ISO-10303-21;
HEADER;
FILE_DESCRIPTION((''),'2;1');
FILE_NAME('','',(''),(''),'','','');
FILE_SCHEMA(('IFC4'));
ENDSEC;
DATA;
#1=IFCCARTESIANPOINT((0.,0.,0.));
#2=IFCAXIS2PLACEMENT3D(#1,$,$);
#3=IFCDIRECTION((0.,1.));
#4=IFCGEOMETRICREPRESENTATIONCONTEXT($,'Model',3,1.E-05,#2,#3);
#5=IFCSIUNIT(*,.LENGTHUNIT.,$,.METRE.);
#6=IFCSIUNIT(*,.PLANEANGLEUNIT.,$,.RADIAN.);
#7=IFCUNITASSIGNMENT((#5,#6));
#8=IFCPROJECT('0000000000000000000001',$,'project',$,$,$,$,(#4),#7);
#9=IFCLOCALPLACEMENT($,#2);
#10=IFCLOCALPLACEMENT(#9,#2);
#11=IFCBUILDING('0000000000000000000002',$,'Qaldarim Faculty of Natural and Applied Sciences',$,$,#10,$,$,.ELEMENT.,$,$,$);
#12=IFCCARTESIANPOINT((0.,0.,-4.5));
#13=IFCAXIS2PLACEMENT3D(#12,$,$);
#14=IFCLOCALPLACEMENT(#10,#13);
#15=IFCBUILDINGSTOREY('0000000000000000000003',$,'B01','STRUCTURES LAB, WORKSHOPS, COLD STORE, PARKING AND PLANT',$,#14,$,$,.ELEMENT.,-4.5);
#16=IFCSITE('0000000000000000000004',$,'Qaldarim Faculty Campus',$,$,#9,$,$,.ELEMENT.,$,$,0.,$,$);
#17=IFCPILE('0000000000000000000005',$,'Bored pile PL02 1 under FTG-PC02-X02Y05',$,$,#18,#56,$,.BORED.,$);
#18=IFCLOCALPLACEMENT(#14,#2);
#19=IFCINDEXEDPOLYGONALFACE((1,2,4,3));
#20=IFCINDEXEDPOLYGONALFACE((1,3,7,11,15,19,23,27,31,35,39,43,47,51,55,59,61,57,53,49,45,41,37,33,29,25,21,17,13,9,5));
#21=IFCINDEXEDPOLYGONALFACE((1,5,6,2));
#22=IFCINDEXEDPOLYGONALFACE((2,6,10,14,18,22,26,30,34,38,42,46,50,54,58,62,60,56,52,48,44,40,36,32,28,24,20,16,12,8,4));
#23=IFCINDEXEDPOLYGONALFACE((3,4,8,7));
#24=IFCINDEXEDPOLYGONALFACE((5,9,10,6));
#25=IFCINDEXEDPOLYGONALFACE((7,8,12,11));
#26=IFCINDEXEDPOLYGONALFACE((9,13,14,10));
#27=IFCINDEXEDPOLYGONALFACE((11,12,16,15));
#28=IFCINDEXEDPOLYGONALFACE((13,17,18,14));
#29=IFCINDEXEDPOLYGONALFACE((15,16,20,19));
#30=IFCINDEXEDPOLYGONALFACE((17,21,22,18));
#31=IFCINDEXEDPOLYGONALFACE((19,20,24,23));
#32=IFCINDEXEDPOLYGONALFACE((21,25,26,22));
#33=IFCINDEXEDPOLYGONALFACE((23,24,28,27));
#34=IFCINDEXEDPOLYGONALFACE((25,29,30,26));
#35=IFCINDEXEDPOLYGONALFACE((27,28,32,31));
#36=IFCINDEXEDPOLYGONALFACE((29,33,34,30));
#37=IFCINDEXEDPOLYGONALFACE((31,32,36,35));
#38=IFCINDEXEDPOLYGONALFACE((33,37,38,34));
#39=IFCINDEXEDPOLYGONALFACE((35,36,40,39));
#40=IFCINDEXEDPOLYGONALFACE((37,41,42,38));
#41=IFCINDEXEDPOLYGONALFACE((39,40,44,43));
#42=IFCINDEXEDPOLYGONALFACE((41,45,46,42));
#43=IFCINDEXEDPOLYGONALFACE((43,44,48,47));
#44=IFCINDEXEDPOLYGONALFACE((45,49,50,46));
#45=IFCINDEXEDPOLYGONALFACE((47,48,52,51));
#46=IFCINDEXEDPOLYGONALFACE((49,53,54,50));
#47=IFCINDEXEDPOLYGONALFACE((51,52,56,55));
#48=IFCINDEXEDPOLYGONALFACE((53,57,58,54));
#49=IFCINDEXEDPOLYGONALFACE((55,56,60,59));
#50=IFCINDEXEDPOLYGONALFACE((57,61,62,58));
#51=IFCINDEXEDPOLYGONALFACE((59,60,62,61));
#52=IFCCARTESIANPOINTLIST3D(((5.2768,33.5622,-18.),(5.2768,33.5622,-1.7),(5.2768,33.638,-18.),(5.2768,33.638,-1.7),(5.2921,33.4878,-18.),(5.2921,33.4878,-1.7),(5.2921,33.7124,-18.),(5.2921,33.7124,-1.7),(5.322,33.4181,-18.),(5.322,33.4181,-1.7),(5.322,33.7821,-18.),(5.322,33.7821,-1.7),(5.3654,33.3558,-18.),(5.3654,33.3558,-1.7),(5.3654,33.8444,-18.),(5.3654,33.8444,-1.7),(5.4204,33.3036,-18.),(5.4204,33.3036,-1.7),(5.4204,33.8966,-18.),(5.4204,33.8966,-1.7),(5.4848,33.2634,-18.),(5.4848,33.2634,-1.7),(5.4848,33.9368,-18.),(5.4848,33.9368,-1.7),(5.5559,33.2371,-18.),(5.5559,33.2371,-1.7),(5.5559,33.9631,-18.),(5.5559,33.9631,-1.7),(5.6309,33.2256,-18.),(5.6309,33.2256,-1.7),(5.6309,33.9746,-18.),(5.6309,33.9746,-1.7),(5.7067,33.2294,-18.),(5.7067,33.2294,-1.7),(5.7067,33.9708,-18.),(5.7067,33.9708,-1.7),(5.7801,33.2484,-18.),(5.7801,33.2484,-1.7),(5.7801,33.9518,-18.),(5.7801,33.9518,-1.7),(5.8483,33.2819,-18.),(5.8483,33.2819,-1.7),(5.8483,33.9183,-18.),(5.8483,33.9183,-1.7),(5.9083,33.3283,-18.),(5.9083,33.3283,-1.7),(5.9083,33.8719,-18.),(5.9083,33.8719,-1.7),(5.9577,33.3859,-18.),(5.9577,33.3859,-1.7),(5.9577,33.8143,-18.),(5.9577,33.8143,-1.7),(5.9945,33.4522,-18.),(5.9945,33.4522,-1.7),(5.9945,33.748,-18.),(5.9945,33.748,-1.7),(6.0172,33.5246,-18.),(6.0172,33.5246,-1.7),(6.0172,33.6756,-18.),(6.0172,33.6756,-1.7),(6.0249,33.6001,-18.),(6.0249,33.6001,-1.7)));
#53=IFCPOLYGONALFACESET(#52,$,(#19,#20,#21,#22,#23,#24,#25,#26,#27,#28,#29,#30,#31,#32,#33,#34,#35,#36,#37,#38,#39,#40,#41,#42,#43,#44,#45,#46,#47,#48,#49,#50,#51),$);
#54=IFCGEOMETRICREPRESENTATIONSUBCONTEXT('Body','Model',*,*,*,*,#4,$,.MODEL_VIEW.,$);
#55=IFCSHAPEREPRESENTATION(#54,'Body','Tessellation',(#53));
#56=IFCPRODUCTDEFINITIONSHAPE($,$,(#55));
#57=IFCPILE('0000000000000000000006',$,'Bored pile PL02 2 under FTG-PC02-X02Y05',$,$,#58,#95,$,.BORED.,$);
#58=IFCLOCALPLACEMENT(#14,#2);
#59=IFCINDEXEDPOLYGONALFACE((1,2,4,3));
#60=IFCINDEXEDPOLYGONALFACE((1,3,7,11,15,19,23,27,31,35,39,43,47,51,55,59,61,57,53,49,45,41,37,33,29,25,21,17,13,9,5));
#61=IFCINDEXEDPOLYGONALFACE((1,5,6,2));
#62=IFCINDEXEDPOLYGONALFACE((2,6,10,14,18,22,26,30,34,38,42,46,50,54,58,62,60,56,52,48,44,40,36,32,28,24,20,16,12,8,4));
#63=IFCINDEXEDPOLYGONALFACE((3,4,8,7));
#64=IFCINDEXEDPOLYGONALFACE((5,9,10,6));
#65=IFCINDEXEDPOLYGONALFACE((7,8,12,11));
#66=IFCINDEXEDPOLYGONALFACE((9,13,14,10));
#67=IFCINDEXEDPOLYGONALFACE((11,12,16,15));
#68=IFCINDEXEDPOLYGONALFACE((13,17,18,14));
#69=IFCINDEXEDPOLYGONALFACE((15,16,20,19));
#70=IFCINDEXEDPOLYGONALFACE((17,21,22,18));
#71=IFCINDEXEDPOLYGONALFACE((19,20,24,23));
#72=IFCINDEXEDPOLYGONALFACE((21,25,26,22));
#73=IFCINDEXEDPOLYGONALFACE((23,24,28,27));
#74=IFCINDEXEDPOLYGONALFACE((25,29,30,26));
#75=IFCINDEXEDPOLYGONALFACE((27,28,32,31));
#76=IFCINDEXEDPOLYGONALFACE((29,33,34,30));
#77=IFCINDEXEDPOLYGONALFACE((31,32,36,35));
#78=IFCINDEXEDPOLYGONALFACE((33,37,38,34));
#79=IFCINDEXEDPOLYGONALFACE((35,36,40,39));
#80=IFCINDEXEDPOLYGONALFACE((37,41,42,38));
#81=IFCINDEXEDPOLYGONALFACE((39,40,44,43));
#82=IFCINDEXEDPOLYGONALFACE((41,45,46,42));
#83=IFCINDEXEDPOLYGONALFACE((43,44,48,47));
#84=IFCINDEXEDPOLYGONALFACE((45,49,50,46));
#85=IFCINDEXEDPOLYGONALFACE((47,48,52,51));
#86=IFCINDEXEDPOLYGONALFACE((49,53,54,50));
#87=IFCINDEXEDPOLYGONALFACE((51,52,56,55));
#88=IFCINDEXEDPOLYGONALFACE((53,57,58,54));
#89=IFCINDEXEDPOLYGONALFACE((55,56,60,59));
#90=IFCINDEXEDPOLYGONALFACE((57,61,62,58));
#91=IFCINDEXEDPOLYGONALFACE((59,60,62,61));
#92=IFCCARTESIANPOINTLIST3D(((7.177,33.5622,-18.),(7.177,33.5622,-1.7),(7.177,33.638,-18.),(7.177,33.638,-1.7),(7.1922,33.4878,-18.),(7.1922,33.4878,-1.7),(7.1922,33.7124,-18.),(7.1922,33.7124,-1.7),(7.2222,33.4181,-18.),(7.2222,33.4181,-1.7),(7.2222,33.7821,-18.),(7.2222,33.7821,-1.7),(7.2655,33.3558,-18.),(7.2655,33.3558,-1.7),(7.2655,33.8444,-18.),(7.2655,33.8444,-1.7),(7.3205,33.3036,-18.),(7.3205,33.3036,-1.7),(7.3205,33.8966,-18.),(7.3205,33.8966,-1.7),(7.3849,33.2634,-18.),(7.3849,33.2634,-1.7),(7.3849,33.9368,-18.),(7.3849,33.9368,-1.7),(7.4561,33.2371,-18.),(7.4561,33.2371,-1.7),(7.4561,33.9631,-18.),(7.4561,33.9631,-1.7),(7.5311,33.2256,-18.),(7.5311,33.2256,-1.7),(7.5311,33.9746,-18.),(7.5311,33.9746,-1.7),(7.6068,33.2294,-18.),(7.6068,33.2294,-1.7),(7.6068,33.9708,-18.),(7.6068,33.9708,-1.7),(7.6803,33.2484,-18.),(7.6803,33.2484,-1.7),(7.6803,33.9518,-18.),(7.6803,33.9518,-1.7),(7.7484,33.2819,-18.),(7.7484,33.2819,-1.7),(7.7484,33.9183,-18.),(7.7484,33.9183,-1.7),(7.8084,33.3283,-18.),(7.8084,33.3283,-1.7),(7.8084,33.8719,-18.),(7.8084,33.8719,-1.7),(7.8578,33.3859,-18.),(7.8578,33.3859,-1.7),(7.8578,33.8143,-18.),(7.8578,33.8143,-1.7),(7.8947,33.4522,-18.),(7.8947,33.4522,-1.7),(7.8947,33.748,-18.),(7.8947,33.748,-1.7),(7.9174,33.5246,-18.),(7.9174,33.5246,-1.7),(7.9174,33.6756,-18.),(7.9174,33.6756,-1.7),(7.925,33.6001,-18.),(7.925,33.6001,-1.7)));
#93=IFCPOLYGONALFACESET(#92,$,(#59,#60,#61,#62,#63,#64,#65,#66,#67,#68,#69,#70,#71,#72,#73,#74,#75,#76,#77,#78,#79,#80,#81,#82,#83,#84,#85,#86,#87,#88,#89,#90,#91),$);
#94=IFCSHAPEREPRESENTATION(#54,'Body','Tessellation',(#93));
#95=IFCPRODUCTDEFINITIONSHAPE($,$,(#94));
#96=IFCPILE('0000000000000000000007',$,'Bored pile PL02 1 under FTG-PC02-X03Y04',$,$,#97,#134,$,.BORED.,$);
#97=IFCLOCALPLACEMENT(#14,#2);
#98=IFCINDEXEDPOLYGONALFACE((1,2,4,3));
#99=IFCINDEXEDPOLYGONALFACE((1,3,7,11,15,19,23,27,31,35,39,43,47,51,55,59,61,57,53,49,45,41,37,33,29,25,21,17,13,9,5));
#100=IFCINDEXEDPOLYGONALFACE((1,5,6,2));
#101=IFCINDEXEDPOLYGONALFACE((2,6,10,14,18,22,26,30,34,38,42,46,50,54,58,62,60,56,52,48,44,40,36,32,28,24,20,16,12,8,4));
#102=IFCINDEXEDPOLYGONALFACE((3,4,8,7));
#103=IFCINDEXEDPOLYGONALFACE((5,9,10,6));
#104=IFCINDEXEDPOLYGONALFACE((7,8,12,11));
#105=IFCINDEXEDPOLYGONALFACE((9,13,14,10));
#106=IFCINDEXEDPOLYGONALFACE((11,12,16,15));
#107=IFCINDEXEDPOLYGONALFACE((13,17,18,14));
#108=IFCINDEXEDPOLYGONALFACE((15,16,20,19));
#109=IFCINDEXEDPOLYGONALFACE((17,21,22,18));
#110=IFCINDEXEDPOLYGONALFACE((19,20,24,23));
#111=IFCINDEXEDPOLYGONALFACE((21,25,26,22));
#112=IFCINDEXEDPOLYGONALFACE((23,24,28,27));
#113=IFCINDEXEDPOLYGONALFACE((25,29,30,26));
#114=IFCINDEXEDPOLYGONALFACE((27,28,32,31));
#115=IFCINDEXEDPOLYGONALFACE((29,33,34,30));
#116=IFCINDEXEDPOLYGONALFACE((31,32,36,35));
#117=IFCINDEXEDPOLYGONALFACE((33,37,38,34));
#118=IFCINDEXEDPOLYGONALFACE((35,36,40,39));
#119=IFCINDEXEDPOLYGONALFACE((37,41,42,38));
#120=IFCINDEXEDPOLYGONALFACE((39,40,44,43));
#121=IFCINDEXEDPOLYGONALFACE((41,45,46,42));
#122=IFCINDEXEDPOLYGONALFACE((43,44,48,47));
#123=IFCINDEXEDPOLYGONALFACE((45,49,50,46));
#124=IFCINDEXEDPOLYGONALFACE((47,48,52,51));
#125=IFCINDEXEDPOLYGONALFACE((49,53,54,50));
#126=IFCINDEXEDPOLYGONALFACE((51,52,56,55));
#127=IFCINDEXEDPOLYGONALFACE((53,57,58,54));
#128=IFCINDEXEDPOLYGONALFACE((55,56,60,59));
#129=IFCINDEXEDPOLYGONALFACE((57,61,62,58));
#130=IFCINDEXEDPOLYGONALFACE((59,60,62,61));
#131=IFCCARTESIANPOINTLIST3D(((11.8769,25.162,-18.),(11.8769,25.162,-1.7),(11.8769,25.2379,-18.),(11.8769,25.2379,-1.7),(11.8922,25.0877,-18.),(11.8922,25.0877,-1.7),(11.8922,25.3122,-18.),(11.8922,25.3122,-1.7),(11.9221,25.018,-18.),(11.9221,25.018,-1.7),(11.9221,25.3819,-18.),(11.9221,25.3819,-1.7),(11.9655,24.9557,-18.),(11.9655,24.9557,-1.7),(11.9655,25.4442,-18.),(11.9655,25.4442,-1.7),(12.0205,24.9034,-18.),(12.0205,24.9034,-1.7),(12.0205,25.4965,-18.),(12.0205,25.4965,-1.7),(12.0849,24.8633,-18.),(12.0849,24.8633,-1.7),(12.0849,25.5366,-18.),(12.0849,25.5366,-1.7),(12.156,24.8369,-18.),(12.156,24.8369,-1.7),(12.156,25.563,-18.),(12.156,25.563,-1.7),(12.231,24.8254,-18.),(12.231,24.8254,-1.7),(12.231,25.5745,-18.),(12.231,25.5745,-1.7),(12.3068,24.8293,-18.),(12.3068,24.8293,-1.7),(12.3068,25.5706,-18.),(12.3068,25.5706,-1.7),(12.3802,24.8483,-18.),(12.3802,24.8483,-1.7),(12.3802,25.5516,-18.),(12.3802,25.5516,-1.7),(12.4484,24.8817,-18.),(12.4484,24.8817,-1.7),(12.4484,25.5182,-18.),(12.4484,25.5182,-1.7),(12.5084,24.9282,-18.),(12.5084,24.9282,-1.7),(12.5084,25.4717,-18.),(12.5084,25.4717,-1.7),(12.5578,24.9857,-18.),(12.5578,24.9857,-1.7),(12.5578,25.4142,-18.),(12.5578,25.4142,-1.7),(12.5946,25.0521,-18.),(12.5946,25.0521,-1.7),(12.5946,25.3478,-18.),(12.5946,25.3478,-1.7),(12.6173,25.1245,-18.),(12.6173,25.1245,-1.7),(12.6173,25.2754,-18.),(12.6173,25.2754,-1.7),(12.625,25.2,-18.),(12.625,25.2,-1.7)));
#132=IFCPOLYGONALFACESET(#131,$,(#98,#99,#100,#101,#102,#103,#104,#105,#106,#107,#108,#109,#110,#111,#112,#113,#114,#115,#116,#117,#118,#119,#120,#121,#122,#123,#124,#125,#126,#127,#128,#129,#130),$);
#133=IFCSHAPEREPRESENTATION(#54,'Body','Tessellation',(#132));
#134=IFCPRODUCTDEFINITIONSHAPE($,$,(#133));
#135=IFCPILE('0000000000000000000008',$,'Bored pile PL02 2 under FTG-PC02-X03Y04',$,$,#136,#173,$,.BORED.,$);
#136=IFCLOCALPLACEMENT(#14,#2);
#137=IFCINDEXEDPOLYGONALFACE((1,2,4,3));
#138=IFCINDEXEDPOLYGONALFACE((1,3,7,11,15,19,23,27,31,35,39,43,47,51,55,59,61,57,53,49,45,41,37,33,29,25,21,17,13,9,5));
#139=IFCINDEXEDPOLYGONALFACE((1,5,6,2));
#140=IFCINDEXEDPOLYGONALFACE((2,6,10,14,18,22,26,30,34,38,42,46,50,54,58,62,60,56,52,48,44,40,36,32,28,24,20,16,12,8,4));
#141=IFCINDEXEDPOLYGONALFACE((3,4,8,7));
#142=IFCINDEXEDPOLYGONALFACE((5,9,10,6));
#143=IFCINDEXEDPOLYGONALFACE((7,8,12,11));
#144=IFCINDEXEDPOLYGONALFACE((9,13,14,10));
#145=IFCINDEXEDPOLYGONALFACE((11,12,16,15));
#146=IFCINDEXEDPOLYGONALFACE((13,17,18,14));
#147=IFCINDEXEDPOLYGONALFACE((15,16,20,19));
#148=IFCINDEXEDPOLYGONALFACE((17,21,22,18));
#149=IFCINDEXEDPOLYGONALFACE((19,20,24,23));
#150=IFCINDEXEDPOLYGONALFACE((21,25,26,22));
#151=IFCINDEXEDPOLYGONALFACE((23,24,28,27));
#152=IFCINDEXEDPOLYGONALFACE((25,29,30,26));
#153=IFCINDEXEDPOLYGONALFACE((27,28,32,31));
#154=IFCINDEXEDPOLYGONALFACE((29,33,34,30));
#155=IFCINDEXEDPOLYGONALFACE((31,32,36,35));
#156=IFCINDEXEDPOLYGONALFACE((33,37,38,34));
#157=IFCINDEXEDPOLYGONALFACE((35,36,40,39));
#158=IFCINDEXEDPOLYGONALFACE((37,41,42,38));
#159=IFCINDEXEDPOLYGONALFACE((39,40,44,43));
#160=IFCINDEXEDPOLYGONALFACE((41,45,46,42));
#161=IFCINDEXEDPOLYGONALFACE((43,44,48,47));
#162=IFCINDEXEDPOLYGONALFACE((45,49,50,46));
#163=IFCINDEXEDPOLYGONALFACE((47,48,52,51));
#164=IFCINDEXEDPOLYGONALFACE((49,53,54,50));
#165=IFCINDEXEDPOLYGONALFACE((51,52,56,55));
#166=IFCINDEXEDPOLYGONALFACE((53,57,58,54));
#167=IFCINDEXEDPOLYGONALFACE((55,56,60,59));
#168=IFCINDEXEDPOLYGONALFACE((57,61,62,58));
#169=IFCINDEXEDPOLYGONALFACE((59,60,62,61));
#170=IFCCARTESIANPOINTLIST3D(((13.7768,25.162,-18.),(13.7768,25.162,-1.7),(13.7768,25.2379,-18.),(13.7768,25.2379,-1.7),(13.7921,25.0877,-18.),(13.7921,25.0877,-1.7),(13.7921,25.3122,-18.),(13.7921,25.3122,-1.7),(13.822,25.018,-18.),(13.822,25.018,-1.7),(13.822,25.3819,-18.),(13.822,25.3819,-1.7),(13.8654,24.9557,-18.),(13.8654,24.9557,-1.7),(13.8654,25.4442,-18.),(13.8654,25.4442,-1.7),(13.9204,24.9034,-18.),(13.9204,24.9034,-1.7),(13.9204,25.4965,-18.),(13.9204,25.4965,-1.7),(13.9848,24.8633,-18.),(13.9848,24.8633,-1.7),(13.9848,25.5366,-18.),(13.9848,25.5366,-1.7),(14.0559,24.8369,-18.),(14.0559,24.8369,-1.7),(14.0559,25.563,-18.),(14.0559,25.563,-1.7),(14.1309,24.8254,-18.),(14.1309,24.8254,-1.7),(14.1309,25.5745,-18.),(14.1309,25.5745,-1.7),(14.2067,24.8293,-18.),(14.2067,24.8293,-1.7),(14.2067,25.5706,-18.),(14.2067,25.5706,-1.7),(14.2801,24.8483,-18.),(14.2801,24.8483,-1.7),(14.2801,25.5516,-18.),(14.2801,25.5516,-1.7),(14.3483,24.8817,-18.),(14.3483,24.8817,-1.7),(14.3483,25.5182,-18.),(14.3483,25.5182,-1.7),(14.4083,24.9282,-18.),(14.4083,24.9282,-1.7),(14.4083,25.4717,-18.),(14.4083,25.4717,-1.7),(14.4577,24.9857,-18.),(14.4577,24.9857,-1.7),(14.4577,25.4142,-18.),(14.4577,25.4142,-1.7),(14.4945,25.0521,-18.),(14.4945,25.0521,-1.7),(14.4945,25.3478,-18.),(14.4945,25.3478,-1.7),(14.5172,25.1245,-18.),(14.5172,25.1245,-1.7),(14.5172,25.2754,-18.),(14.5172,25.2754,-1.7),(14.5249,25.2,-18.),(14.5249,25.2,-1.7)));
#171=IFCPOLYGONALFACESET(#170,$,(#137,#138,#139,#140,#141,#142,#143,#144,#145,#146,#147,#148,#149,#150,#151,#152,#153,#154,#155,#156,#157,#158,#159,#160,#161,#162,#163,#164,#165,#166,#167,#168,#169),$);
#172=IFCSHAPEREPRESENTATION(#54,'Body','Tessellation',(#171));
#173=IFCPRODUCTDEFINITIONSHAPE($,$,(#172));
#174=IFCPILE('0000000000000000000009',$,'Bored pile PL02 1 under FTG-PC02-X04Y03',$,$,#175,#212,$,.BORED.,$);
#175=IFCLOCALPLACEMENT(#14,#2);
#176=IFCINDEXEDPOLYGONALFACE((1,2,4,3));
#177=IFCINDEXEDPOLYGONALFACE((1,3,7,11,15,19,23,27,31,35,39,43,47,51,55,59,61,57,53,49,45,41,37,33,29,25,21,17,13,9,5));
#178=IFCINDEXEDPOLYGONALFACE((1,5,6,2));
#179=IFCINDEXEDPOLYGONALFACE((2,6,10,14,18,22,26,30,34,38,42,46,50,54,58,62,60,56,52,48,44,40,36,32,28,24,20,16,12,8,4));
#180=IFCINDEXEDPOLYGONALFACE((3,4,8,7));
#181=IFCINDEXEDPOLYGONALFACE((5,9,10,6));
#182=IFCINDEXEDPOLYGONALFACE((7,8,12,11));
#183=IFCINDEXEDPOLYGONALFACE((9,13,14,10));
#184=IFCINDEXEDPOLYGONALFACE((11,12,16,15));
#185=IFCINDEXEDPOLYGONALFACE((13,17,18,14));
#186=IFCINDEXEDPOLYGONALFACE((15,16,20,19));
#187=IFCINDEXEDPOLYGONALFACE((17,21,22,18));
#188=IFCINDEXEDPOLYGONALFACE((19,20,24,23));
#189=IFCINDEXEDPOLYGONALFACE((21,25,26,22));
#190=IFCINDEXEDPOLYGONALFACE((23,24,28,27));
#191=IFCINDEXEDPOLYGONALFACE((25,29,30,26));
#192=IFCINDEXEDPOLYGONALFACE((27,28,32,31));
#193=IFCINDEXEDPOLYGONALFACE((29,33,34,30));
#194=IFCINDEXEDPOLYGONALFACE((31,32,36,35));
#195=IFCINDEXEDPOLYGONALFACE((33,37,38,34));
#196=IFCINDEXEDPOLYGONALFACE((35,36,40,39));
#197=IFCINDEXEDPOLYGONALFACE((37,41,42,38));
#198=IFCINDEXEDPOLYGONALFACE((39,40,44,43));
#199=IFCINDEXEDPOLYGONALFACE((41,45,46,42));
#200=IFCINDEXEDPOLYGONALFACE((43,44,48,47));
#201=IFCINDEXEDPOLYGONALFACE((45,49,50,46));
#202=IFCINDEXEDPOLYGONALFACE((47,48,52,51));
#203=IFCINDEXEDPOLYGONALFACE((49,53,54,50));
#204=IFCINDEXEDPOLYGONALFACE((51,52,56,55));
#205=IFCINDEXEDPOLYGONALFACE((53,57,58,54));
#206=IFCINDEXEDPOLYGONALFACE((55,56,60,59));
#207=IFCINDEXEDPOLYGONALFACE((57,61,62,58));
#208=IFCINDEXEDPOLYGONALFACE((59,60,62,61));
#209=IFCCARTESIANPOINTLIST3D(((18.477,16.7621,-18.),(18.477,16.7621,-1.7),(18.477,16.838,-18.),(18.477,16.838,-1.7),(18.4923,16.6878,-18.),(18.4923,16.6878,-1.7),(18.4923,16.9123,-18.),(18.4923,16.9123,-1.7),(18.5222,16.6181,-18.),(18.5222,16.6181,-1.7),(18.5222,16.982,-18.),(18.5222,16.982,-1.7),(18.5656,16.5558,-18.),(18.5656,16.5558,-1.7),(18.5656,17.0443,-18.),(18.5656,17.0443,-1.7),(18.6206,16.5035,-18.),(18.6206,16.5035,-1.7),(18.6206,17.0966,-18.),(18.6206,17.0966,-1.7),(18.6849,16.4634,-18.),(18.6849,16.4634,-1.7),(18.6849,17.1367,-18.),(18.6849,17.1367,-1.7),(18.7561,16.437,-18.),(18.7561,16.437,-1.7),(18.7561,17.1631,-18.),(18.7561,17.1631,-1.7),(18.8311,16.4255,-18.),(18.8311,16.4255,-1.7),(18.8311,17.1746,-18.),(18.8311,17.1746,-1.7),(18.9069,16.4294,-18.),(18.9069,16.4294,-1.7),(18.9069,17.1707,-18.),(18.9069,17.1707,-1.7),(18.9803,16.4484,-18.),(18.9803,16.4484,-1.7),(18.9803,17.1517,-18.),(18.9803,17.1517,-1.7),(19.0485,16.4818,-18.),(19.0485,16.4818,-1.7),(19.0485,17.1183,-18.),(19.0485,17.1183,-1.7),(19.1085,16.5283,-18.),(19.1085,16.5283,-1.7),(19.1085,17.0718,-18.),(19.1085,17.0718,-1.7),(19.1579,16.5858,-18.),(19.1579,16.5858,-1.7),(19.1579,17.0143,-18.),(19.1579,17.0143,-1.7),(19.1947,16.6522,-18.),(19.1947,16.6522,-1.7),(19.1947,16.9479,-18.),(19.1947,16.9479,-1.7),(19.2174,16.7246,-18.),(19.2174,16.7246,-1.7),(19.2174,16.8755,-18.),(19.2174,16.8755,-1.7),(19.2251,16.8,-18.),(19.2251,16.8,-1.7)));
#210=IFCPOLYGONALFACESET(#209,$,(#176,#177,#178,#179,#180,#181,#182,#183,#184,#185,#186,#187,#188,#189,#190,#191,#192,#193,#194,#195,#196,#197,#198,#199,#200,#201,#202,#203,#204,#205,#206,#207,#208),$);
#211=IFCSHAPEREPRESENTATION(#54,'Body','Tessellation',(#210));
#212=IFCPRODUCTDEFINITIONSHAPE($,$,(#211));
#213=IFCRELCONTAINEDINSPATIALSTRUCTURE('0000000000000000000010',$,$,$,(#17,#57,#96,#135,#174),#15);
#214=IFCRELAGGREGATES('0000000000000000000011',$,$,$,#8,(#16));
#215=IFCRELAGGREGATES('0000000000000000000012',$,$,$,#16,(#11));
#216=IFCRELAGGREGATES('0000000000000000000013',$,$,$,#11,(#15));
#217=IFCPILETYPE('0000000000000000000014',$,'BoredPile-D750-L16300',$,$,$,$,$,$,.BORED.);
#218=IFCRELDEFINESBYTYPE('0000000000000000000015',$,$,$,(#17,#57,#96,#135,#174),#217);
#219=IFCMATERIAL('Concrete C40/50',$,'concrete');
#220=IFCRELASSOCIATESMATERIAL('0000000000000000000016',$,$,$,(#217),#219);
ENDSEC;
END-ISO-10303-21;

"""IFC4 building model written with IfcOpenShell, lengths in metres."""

from ifc_helpers import new_model, si_unit, direction, frame, origin, origin_2d, place, context, subcontext, project, spatial, circle, extrude, material, material_profile, profile_set, type_object, element, save


model = new_model("IFC4")

# Units and contexts
model_context = context("Model", 3, precision=1e-05, world=origin(), true_north=direction((0.0, 1.0)))
body_context = subcontext(model_context, "Body", "Model", "MODEL_VIEW")
ifc_project = project(units=[si_unit("LENGTHUNIT", "METRE"), si_unit("PLANEANGLEUNIT", "RADIAN")], contexts=[model_context])

# Site, building, storey
site_placement = place(None, origin())
site = spatial("IfcSite", under=ifc_project, at=site_placement, Name="Qaldarim Faculty Campus", CompositionType="ELEMENT", RefElevation=0.0)
building_placement = place(site_placement, origin())
building = spatial("IfcBuilding", under=site, at=building_placement, Name="Qaldarim Faculty of Natural and Applied Sciences", CompositionType="ELEMENT")
storey_placement = place(building_placement, frame((0.0, 0.0, -4.5)))
storey = spatial("IfcBuildingStorey", under=building, at=storey_placement, Name="B01", Description="STRUCTURES LAB, WORKSHOPS, COLD STORE, PARKING AND PLANT", CompositionType="ELEMENT", Elevation=-4.5)

# Piles
ifc_material_1 = material(Name="Concrete C40/50", Category="concrete")
ifc_material_profile_1 = material_profile(ifc_material_1, circle(Radius=0.375, at=origin_2d()), Name="PILE-D750")
ifc_profile_set_1 = profile_set([ifc_material_profile_1], Name="Concrete C40/50")
pile_type_1 = type_object("IfcPileType", Name="BoredPile-D750-L16300", PredefinedType="BORED", material=ifc_profile_set_1)
for number, where, z_axis, x_axis, name in (
    (1, (5.6499, 33.6001, -1.7), (0.0, 0.0, -1.0), (1.0, 0.0, 0.0), "Bored pile PL02 1 under FTG-PC02-X02Y05"),
    (2, (7.55, 33.6001, -1.7), (0.0, 0.0, -1.0), (1.0, 0.0, 0.0), "Bored pile PL02 2 under FTG-PC02-X02Y05"),
    (3, (12.25, 25.2, -1.7), (0.0, 0.0, -1.0), (1.0, 0.0, 0.0), "Bored pile PL02 1 under FTG-PC02-X03Y04"),
    (4, (14.1499, 25.2, -1.7), (0.0, 0.0, -1.0), (1.0, 0.0, 0.0), "Bored pile PL02 2 under FTG-PC02-X03Y04"),
    (5, (18.8501, 16.8, -1.7), (0.0, 0.0, -1.0), (1.0, 0.0, 0.0), "Bored pile PL02 1 under FTG-PC02-X04Y03"),
):
    element("IfcPile", number, at=place(storey_placement, frame(where, z_axis=z_axis, x_axis=x_axis)), inside=storey, type_object=pile_type_1, Name=name, PredefinedType="BORED", context=body_context, shape_type="SweptSolid", body=[
        extrude(circle(Radius=0.375, at=origin_2d()), origin(), (0.0, 0.0, 1.0), 16.3),
    ])

save(model, "model.ifc")
